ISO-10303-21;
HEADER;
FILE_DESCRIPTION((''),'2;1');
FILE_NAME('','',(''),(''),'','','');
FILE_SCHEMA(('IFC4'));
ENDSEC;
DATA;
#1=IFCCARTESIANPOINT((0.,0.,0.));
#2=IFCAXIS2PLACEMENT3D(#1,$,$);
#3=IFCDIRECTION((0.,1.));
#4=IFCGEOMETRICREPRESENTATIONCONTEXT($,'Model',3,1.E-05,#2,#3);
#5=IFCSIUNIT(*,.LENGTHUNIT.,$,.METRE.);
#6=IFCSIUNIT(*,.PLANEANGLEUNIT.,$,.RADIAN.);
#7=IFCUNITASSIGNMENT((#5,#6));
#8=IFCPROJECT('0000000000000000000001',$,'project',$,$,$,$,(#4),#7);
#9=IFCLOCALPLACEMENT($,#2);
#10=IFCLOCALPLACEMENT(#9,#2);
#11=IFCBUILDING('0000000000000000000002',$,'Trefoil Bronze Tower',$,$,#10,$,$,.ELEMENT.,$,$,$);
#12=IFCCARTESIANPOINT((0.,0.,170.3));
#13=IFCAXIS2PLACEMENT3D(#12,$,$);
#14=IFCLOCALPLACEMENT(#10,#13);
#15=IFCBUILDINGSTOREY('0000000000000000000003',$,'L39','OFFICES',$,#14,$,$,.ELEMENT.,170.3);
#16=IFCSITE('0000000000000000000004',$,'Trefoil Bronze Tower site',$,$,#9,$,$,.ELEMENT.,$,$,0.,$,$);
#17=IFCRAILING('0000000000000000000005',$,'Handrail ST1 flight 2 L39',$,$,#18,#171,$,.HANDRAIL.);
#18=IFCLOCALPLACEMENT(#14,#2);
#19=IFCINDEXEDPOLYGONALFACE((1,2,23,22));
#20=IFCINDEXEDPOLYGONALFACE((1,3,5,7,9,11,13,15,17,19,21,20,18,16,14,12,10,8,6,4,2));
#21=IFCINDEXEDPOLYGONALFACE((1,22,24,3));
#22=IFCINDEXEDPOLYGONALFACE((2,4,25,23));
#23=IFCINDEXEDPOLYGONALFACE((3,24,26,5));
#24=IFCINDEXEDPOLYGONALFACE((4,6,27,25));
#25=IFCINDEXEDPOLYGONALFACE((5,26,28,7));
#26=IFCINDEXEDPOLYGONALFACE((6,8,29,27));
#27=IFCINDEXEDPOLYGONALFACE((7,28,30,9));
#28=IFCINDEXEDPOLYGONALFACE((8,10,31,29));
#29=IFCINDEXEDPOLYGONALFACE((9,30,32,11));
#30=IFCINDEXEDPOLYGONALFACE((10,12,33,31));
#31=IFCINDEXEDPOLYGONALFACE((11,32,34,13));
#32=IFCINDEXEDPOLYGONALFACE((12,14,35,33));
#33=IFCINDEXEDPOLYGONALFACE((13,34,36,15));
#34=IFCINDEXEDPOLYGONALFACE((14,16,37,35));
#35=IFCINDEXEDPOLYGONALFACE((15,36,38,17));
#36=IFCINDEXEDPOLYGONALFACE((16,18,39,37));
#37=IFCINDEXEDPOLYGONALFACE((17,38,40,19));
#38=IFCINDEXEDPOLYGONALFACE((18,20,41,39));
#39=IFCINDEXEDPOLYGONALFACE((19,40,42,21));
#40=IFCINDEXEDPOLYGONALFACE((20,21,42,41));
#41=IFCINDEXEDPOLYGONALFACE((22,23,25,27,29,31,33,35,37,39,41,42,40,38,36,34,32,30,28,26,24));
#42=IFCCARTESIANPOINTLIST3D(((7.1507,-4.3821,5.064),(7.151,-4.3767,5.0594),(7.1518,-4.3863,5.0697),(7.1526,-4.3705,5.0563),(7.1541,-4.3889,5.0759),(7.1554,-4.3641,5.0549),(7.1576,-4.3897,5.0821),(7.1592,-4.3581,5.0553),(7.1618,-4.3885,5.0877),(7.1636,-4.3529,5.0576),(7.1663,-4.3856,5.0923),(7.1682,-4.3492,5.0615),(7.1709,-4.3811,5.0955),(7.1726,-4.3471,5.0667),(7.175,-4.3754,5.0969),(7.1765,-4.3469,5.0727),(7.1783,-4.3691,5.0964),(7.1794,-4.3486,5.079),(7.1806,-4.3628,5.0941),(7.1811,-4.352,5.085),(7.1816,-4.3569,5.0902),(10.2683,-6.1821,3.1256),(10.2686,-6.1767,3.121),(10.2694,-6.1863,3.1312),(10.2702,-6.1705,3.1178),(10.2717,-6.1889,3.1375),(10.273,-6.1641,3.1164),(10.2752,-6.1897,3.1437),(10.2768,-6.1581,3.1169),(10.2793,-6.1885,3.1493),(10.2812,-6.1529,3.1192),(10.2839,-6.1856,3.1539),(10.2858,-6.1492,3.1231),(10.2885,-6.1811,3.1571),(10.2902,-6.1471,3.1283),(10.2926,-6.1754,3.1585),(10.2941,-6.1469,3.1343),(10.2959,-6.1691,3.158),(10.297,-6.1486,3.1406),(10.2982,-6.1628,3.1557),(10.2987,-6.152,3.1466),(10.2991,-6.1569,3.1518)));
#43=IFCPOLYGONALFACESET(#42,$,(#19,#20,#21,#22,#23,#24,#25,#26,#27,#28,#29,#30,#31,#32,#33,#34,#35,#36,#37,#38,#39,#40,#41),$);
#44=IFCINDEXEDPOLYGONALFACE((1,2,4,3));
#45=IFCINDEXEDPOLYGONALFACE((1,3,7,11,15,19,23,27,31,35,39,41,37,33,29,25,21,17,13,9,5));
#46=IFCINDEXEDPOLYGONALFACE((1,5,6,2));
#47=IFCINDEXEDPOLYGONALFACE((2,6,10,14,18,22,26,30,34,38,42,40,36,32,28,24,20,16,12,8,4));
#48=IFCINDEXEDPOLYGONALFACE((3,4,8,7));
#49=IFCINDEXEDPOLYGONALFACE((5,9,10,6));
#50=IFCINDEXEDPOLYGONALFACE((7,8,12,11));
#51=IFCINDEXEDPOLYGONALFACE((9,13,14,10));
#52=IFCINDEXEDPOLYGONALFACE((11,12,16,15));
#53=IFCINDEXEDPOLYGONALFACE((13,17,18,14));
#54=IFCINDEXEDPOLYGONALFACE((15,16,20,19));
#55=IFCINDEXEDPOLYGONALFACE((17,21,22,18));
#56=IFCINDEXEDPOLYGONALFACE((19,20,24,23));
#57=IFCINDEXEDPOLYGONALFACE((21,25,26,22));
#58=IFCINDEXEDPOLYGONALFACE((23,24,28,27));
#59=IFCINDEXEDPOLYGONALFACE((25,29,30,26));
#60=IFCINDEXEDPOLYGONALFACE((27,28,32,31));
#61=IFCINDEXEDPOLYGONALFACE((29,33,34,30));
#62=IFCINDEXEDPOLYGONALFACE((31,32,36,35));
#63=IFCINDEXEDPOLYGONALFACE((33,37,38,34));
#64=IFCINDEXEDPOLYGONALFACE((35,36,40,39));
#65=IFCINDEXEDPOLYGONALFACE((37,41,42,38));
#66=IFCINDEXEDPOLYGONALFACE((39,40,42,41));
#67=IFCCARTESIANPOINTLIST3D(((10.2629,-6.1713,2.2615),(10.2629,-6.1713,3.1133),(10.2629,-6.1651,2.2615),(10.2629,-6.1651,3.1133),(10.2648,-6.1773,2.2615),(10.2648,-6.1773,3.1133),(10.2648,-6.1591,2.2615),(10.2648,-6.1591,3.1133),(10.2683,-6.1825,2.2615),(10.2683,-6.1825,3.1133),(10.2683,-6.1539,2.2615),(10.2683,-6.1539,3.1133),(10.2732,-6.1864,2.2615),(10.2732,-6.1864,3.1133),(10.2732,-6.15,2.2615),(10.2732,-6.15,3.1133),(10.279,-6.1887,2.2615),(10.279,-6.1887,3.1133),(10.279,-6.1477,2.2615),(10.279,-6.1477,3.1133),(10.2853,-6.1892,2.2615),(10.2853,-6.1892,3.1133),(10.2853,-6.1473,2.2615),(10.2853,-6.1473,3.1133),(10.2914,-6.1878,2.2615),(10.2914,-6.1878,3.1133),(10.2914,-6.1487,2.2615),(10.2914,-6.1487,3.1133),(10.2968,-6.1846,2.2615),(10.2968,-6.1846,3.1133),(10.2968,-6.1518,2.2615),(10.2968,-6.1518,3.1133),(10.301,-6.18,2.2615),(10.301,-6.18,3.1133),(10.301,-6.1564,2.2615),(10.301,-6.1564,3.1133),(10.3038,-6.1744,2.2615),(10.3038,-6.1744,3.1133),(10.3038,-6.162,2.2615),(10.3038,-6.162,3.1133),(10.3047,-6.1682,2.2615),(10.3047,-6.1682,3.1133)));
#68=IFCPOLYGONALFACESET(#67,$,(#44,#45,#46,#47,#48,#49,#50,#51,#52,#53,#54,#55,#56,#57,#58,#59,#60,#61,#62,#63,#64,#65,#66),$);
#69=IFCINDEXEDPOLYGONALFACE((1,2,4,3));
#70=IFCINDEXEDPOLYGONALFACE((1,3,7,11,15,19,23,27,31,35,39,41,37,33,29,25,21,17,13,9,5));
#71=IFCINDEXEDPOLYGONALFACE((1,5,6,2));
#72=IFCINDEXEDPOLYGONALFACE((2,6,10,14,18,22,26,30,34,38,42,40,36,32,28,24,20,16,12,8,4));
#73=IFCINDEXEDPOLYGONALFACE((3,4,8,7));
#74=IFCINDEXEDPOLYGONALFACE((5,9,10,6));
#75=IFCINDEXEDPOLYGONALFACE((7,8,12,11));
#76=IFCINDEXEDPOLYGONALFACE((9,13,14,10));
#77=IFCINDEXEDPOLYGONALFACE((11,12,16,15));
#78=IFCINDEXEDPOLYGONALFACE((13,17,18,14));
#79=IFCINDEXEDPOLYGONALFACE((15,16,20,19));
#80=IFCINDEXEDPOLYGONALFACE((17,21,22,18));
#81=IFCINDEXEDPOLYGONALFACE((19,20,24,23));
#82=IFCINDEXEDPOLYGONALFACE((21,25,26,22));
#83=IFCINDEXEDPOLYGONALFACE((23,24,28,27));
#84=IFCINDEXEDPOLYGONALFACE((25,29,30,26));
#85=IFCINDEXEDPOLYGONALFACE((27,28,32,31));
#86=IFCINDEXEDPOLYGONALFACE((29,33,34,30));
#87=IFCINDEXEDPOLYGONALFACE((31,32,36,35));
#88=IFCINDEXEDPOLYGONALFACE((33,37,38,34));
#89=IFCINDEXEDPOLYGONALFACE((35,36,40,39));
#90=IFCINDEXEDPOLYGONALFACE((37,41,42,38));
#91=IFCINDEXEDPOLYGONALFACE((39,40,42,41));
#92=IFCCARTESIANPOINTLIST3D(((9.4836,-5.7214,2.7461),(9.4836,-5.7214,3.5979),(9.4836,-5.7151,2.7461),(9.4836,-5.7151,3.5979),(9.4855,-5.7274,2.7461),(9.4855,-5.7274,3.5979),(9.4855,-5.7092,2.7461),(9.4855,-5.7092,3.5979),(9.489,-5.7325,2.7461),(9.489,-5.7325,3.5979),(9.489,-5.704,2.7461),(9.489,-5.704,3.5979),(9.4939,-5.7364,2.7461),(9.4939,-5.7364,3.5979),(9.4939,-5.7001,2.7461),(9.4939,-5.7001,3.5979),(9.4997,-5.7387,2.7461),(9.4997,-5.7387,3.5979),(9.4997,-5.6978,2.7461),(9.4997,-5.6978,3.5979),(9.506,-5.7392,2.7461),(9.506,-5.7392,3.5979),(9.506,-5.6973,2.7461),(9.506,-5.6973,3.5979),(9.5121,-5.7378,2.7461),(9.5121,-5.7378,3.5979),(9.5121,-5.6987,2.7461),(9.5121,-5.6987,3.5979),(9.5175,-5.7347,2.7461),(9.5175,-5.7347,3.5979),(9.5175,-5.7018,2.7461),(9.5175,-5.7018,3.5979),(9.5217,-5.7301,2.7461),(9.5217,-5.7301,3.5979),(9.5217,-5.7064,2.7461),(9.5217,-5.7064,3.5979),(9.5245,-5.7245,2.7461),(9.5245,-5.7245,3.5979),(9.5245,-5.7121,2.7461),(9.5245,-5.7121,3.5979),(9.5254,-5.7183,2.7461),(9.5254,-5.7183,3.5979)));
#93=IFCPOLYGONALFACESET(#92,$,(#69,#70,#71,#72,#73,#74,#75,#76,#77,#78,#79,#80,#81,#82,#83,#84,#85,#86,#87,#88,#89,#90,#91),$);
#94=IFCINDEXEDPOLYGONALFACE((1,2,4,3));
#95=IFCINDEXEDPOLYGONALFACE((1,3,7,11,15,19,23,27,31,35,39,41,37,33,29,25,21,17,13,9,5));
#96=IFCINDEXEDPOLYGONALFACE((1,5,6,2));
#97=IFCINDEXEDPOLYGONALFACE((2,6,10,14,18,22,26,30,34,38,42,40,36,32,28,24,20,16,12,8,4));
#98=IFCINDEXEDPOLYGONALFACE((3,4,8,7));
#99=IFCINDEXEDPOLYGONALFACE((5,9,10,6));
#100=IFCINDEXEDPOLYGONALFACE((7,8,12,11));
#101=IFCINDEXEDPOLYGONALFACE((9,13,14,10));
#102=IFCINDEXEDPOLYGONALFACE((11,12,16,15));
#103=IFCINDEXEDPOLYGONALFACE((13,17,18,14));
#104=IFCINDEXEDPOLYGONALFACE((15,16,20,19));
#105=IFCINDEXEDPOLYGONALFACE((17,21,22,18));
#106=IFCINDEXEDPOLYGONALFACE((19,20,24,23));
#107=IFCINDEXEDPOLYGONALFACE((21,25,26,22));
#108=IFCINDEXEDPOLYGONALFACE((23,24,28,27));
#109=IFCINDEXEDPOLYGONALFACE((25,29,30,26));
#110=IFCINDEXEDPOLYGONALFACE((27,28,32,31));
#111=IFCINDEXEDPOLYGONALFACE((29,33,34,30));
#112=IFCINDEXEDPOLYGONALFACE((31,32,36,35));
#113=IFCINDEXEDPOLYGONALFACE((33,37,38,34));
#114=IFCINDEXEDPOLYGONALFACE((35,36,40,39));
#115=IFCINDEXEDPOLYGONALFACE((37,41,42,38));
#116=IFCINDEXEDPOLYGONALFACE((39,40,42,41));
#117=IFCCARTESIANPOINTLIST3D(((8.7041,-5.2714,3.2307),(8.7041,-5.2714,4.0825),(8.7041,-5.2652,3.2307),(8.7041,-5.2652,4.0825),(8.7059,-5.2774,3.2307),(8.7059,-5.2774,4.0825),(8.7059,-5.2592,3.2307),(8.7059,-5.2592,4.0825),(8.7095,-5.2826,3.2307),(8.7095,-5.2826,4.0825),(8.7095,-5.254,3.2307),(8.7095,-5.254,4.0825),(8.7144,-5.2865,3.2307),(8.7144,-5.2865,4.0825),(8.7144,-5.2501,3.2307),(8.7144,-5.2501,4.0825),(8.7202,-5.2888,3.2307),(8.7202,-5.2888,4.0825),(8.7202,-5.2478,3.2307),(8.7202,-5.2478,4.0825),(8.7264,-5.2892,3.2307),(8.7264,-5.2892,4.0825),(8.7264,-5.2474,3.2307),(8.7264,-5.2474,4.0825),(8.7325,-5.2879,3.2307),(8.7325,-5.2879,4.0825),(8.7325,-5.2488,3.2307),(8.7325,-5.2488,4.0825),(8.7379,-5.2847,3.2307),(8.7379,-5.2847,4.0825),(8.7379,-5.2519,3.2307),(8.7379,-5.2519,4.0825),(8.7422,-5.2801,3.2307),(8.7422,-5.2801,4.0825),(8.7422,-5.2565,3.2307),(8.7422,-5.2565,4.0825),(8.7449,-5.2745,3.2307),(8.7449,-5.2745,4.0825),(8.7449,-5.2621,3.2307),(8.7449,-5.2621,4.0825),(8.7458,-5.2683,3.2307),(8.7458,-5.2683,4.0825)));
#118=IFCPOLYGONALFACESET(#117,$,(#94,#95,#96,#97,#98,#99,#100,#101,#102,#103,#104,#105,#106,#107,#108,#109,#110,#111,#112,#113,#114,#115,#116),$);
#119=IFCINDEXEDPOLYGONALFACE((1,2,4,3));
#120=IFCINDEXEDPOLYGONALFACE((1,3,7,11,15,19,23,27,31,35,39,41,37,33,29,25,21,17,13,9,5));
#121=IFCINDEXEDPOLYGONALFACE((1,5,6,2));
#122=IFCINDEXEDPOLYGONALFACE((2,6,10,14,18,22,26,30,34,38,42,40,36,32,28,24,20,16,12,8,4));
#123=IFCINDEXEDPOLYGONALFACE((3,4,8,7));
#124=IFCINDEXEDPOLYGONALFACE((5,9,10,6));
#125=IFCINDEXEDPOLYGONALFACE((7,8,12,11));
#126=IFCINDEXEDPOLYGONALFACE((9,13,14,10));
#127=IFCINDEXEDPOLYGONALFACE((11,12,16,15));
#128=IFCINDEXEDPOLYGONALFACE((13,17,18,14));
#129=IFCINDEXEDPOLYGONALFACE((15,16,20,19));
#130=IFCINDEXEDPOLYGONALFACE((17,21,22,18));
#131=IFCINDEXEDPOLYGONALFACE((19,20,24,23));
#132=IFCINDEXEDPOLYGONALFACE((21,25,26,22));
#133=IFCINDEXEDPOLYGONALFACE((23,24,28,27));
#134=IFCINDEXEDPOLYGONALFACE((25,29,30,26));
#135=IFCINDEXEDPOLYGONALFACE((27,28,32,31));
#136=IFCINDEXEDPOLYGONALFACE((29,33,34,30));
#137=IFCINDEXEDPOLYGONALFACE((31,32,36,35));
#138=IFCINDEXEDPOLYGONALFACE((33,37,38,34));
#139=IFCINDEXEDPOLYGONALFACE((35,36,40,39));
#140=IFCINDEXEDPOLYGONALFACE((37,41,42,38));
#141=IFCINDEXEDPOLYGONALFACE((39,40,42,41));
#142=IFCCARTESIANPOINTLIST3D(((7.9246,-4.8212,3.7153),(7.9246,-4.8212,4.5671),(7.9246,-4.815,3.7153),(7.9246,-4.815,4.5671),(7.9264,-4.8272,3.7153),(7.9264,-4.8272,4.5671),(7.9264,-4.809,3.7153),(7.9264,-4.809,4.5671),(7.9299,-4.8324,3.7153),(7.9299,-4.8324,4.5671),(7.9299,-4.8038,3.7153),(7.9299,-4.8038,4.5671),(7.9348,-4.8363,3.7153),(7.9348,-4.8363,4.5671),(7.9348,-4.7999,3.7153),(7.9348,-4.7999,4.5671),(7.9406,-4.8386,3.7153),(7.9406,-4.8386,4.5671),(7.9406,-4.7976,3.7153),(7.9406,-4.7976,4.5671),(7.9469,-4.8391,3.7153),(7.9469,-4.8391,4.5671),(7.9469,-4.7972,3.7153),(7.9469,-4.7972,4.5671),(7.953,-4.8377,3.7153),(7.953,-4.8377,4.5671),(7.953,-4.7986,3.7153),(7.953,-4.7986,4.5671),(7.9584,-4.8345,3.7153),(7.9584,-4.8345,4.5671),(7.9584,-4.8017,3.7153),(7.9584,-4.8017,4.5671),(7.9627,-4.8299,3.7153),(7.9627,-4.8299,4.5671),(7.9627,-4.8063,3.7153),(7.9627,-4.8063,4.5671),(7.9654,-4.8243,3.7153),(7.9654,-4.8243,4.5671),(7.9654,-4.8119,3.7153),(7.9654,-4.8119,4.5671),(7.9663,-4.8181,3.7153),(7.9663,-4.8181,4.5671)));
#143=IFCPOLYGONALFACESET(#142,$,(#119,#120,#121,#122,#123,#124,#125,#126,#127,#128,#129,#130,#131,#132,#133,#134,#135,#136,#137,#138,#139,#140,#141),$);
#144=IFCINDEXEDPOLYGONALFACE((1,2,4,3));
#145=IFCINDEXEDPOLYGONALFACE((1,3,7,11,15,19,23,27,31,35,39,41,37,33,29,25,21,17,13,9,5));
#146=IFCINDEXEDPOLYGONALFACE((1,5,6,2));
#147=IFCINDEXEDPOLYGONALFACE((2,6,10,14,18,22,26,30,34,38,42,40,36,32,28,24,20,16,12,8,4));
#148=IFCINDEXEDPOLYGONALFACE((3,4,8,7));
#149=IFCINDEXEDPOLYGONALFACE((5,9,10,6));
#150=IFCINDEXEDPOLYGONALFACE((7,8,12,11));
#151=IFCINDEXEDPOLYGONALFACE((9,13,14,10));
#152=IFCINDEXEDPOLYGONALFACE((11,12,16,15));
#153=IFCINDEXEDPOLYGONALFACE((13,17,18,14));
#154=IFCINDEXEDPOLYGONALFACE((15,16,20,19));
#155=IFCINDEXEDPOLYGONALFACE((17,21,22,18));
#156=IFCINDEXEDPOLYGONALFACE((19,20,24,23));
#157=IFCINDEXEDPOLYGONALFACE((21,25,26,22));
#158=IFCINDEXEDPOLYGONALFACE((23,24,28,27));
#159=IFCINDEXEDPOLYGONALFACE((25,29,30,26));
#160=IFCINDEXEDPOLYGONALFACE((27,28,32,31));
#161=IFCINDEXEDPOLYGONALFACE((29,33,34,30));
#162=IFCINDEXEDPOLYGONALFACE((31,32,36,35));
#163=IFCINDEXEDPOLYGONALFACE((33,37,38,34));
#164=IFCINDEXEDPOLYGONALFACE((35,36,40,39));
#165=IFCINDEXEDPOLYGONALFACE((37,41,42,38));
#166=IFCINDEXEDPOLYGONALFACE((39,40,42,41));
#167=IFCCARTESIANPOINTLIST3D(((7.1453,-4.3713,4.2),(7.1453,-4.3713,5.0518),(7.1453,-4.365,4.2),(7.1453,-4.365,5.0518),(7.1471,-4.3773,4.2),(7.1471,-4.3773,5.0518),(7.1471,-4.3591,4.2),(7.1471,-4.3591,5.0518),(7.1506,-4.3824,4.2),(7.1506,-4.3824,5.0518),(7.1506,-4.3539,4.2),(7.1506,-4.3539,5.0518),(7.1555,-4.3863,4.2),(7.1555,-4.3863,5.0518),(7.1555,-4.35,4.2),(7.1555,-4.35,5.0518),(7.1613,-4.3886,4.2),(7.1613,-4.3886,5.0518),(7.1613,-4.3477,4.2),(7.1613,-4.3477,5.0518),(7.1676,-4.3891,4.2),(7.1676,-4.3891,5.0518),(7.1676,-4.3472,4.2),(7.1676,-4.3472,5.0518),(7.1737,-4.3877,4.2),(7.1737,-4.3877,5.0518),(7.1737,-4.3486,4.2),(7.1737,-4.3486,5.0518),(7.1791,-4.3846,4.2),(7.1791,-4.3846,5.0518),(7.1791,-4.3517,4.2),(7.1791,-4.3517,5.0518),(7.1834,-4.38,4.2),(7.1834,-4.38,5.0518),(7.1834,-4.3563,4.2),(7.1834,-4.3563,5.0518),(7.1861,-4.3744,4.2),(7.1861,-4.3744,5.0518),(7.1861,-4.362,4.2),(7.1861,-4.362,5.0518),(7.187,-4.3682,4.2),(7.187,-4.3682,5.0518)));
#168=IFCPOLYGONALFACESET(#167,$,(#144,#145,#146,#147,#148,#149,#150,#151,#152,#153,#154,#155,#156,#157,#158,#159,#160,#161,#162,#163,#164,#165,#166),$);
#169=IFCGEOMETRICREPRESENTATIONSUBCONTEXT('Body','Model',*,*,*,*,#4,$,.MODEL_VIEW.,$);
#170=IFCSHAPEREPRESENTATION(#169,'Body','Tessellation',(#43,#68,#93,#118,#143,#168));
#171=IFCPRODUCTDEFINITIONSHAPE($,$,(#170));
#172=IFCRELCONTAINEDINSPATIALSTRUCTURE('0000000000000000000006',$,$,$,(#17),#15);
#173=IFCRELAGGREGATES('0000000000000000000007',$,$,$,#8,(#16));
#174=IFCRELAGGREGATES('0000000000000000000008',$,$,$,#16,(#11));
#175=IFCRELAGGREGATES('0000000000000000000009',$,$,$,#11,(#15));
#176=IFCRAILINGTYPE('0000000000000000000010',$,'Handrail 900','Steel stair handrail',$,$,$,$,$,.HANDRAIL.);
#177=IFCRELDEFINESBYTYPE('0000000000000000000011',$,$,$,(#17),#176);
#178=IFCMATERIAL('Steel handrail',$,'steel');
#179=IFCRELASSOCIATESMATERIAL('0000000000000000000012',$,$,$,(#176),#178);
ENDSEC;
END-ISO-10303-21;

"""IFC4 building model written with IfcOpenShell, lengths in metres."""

from ifc_helpers import new_model, si_unit, direction, frame, origin, origin_2d, place, context, subcontext, project, spatial, circle, extrude, material, type_object, element, save


model = new_model("IFC4")

# Units and contexts
model_context = context("Model", 3, precision=1e-05, world=origin(), true_north=direction((0.0, 1.0)))
body_context = subcontext(model_context, "Body", "Model", "MODEL_VIEW")
ifc_project = project(units=[si_unit("LENGTHUNIT", "METRE"), si_unit("PLANEANGLEUNIT", "RADIAN")], contexts=[model_context])

# Site, building, storey
site_placement = place(None, origin())
site = spatial("IfcSite", under=ifc_project, at=site_placement, Name="Trefoil Bronze Tower site", CompositionType="ELEMENT", RefElevation=0.0)
building_placement = place(site_placement, origin())
building = spatial("IfcBuilding", under=site, at=building_placement, Name="Trefoil Bronze Tower", CompositionType="ELEMENT")
storey_placement = place(building_placement, frame((0.0, 0.0, 170.3)))
storey = spatial("IfcBuildingStorey", under=building, at=storey_placement, Name="L39", Description="OFFICES", CompositionType="ELEMENT", Elevation=170.3)

# Railing
ifc_material_1 = material(Name="Steel handrail", Category="steel")
railing_type = type_object("IfcRailingType", Name="Handrail 900", Description="Steel stair handrail", PredefinedType="HANDRAIL", material=ifc_material_1)
railing_placement = place(storey_placement, frame((10.2837, -6.1682, 2.2615)))
element("IfcRailing", 1, at=railing_placement, inside=storey, type_object=railing_type, Name="Handrail ST1 flight 2 L39", PredefinedType="HANDRAIL", context=body_context, shape_type="SweptSolid", body=[
    extrude(circle(Radius=0.0239, at=origin_2d()), frame((0.0, 0.0, 0.876), z_axis=(-0.762503, 0.440246, 0.474102), x_axis=(-0.500012, -0.866018, 0.0)), (0.0, 0.0, 1.0), 4.0886),
    extrude(circle(Radius=0.021, at=origin_2d()), origin(), (0.0, 0.0, 1.0), 0.8518),
    extrude(circle(Radius=0.021, at=origin_2d()), frame((-0.7793, 0.45, 0.4846)), (0.0, 0.0, 1.0), 0.8518),
    extrude(circle(Radius=0.021, at=origin_2d()), frame((-1.5588, 0.8999, 0.9692)), (0.0, 0.0, 1.0), 0.8518),
    extrude(circle(Radius=0.021, at=origin_2d()), frame((-2.3384, 1.3501, 1.4539)), (0.0, 0.0, 1.0), 0.8518),
    extrude(circle(Radius=0.021, at=origin_2d()), frame((-3.1177, 1.8, 1.9385)), (0.0, 0.0, 1.0), 0.8518),
])

save(model, "model.ifc")
